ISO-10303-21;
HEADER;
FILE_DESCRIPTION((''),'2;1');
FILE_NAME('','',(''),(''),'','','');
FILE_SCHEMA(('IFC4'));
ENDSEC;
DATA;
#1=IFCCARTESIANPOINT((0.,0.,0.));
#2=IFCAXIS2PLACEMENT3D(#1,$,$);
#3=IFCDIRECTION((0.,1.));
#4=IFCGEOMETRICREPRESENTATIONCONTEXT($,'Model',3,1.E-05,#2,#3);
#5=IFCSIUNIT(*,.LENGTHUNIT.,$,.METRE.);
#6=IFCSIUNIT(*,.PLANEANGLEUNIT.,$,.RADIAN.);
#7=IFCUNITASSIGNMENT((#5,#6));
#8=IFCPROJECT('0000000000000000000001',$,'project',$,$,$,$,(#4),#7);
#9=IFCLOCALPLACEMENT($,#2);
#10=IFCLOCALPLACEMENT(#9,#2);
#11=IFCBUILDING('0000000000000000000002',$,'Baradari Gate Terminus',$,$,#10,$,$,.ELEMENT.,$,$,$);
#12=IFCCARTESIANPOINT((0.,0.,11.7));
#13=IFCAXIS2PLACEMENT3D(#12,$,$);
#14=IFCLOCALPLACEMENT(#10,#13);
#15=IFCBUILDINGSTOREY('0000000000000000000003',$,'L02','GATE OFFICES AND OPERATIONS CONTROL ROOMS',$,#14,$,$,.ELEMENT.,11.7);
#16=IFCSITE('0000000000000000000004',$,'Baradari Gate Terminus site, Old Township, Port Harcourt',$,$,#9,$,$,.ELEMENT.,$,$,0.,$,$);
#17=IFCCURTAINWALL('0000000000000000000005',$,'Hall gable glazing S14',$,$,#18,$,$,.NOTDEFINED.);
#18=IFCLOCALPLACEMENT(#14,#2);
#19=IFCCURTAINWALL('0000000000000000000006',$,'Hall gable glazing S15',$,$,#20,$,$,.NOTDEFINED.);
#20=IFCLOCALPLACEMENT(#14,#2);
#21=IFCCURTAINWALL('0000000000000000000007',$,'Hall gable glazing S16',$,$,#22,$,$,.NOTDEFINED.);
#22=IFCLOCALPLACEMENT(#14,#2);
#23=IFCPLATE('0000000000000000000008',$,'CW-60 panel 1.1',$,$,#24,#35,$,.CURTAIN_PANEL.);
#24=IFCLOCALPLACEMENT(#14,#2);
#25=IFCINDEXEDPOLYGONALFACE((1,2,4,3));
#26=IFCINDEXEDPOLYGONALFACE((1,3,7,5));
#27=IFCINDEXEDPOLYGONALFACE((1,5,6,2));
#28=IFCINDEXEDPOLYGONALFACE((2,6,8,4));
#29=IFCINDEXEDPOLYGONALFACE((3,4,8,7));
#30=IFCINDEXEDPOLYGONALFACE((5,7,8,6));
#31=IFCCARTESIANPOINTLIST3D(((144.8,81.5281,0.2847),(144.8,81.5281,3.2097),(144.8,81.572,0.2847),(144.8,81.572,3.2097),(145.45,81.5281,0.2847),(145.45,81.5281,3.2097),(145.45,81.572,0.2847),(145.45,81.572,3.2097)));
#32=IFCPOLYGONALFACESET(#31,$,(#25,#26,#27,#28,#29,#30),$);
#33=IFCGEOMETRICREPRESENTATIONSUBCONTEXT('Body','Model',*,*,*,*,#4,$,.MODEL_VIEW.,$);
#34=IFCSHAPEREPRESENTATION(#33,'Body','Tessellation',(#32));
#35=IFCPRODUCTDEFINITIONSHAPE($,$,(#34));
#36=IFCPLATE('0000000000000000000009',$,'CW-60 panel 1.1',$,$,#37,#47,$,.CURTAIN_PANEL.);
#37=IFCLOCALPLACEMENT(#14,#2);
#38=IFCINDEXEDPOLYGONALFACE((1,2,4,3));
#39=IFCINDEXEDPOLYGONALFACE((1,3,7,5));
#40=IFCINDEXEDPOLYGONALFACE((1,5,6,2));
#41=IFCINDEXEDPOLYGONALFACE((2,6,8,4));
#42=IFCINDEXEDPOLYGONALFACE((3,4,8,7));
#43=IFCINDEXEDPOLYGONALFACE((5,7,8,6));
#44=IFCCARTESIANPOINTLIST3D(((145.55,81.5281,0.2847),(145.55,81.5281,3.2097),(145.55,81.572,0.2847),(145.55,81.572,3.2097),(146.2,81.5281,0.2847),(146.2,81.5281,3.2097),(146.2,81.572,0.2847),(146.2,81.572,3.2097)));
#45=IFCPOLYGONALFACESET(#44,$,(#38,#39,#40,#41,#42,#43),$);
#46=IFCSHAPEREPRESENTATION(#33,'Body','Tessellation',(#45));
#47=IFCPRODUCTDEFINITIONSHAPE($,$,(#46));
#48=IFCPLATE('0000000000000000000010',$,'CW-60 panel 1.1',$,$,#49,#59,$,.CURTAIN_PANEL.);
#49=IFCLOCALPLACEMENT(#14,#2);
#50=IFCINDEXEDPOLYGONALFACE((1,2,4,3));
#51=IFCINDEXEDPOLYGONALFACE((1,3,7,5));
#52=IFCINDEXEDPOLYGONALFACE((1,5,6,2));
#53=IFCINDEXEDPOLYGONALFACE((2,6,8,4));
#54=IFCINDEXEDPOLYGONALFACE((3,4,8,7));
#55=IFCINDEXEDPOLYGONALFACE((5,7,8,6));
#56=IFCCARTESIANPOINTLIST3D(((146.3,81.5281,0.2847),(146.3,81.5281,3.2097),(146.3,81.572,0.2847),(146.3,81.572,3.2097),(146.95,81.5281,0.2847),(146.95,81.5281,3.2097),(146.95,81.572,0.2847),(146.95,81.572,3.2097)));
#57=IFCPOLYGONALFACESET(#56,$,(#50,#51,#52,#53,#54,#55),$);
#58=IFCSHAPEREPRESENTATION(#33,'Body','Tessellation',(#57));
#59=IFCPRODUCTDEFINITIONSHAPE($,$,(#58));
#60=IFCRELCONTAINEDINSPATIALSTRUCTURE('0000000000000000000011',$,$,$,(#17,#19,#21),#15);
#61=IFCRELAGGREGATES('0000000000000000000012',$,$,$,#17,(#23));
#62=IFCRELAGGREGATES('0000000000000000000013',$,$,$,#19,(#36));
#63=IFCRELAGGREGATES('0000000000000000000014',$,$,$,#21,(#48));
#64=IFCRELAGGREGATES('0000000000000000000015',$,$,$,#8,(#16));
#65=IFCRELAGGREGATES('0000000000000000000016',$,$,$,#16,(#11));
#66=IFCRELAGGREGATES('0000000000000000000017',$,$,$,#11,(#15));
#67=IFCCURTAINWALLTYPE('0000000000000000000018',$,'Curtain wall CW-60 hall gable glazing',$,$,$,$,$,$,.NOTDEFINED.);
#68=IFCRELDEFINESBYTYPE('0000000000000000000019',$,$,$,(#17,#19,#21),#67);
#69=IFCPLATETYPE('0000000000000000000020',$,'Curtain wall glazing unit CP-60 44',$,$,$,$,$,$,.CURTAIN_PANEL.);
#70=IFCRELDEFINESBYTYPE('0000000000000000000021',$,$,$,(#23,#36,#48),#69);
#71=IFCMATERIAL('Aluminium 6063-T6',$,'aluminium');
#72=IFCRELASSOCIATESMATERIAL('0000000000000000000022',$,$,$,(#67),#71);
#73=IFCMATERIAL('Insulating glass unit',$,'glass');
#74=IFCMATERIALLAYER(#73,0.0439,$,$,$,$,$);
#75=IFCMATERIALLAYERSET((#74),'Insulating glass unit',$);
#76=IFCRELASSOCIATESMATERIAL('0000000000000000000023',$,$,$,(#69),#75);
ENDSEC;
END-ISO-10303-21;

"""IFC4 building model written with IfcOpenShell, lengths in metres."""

from ifc_helpers import new_model, si_unit, direction, frame, origin, origin_2d, place, context, subcontext, project, spatial, rectangle, extrude, material, layer, layer_set, type_object, element, aggregate, save


model = new_model("IFC4")

# Units and contexts
model_context = context("Model", 3, precision=1e-05, world=origin(), true_north=direction((0.0, 1.0)))
body_context = subcontext(model_context, "Body", "Model", "MODEL_VIEW")
ifc_project = project(units=[si_unit("LENGTHUNIT", "METRE"), si_unit("PLANEANGLEUNIT", "RADIAN")], contexts=[model_context])

# Site, building, storey
site_placement = place(None, origin())
site = spatial("IfcSite", under=ifc_project, at=site_placement, Name="Baradari Gate Terminus site, Old Township, Port Harcourt", CompositionType="ELEMENT", RefElevation=0.0)
building_placement = place(site_placement, origin())
building = spatial("IfcBuilding", under=site, at=building_placement, Name="Baradari Gate Terminus", CompositionType="ELEMENT")
storey_placement = place(building_placement, frame((0.0, 0.0, 11.7)))
storey = spatial("IfcBuildingStorey", under=building, at=storey_placement, Name="L02", Description="GATE OFFICES AND OPERATIONS CONTROL ROOMS", CompositionType="ELEMENT", Elevation=11.7)

# Curtain walls
ifc_material_1 = material(Name="Aluminium 6063-T6", Category="aluminium")
curtain_wall_type = type_object("IfcCurtainWallType", Name="Curtain wall CW-60 hall gable glazing", PredefinedType="NOTDEFINED", material=ifc_material_1)
curtain_wall_1_placement = place(storey_placement, origin())
curtain_wall_1 = element("IfcCurtainWall", 1, at=curtain_wall_1_placement, inside=storey, type_object=curtain_wall_type, Name="Hall gable glazing S14", PredefinedType="NOTDEFINED")
curtain_wall_2_placement = place(storey_placement, origin())
curtain_wall_2 = element("IfcCurtainWall", 2, at=curtain_wall_2_placement, inside=storey, type_object=curtain_wall_type, Name="Hall gable glazing S15", PredefinedType="NOTDEFINED")
curtain_wall_3_placement = place(storey_placement, origin())
curtain_wall_3 = element("IfcCurtainWall", 3, at=curtain_wall_3_placement, inside=storey, type_object=curtain_wall_type, Name="Hall gable glazing S16", PredefinedType="NOTDEFINED")

# Plates
ifc_material_2 = material(Name="Insulating glass unit", Category="glass")
ifc_layer = layer(ifc_material_2, 0.0439)
ifc_layer_set = layer_set([ifc_layer], Name="Insulating glass unit")
plate_type = type_object("IfcPlateType", Name="Curtain wall glazing unit CP-60 44", PredefinedType="CURTAIN_PANEL", material=ifc_layer_set)
plate_1_placement = place(storey_placement, frame((145.125, 81.55, 0.2847), z_axis=(0.0, 0.0, 1.0), x_axis=(1.0, 0.0, 0.0)))
plate_1 = element("IfcPlate", 4, at=plate_1_placement, type_object=plate_type, Name="CW-60 panel 1.1", PredefinedType="CURTAIN_PANEL", context=body_context, shape_type="SweptSolid", body=[
    extrude(rectangle(XDim=0.6499, YDim=0.0439, at=origin_2d()), origin(), (0.0, 0.0, 1.0), 2.925),
])
aggregate(curtain_wall_1, [plate_1])
plate_2_placement = place(storey_placement, frame((145.875, 81.55, 0.2847), z_axis=(0.0, 0.0, 1.0), x_axis=(1.0, 0.0, 0.0)))
plate_2 = element("IfcPlate", 5, at=plate_2_placement, type_object=plate_type, Name="CW-60 panel 1.1", PredefinedType="CURTAIN_PANEL", context=body_context, shape_type="SweptSolid", body=[
    extrude(rectangle(XDim=0.6499, YDim=0.0439, at=origin_2d()), origin(), (0.0, 0.0, 1.0), 2.925),
])
aggregate(curtain_wall_2, [plate_2])
plate_3_placement = place(storey_placement, frame((146.625, 81.55, 0.2847), z_axis=(0.0, 0.0, 1.0), x_axis=(1.0, 0.0, 0.0)))
plate_3 = element("IfcPlate", 6, at=plate_3_placement, type_object=plate_type, Name="CW-60 panel 1.1", PredefinedType="CURTAIN_PANEL", context=body_context, shape_type="SweptSolid", body=[
    extrude(rectangle(XDim=0.6499, YDim=0.0439, at=origin_2d()), origin(), (0.0, 0.0, 1.0), 2.925),
])
aggregate(curtain_wall_3, [plate_3])

save(model, "model.ifc")
